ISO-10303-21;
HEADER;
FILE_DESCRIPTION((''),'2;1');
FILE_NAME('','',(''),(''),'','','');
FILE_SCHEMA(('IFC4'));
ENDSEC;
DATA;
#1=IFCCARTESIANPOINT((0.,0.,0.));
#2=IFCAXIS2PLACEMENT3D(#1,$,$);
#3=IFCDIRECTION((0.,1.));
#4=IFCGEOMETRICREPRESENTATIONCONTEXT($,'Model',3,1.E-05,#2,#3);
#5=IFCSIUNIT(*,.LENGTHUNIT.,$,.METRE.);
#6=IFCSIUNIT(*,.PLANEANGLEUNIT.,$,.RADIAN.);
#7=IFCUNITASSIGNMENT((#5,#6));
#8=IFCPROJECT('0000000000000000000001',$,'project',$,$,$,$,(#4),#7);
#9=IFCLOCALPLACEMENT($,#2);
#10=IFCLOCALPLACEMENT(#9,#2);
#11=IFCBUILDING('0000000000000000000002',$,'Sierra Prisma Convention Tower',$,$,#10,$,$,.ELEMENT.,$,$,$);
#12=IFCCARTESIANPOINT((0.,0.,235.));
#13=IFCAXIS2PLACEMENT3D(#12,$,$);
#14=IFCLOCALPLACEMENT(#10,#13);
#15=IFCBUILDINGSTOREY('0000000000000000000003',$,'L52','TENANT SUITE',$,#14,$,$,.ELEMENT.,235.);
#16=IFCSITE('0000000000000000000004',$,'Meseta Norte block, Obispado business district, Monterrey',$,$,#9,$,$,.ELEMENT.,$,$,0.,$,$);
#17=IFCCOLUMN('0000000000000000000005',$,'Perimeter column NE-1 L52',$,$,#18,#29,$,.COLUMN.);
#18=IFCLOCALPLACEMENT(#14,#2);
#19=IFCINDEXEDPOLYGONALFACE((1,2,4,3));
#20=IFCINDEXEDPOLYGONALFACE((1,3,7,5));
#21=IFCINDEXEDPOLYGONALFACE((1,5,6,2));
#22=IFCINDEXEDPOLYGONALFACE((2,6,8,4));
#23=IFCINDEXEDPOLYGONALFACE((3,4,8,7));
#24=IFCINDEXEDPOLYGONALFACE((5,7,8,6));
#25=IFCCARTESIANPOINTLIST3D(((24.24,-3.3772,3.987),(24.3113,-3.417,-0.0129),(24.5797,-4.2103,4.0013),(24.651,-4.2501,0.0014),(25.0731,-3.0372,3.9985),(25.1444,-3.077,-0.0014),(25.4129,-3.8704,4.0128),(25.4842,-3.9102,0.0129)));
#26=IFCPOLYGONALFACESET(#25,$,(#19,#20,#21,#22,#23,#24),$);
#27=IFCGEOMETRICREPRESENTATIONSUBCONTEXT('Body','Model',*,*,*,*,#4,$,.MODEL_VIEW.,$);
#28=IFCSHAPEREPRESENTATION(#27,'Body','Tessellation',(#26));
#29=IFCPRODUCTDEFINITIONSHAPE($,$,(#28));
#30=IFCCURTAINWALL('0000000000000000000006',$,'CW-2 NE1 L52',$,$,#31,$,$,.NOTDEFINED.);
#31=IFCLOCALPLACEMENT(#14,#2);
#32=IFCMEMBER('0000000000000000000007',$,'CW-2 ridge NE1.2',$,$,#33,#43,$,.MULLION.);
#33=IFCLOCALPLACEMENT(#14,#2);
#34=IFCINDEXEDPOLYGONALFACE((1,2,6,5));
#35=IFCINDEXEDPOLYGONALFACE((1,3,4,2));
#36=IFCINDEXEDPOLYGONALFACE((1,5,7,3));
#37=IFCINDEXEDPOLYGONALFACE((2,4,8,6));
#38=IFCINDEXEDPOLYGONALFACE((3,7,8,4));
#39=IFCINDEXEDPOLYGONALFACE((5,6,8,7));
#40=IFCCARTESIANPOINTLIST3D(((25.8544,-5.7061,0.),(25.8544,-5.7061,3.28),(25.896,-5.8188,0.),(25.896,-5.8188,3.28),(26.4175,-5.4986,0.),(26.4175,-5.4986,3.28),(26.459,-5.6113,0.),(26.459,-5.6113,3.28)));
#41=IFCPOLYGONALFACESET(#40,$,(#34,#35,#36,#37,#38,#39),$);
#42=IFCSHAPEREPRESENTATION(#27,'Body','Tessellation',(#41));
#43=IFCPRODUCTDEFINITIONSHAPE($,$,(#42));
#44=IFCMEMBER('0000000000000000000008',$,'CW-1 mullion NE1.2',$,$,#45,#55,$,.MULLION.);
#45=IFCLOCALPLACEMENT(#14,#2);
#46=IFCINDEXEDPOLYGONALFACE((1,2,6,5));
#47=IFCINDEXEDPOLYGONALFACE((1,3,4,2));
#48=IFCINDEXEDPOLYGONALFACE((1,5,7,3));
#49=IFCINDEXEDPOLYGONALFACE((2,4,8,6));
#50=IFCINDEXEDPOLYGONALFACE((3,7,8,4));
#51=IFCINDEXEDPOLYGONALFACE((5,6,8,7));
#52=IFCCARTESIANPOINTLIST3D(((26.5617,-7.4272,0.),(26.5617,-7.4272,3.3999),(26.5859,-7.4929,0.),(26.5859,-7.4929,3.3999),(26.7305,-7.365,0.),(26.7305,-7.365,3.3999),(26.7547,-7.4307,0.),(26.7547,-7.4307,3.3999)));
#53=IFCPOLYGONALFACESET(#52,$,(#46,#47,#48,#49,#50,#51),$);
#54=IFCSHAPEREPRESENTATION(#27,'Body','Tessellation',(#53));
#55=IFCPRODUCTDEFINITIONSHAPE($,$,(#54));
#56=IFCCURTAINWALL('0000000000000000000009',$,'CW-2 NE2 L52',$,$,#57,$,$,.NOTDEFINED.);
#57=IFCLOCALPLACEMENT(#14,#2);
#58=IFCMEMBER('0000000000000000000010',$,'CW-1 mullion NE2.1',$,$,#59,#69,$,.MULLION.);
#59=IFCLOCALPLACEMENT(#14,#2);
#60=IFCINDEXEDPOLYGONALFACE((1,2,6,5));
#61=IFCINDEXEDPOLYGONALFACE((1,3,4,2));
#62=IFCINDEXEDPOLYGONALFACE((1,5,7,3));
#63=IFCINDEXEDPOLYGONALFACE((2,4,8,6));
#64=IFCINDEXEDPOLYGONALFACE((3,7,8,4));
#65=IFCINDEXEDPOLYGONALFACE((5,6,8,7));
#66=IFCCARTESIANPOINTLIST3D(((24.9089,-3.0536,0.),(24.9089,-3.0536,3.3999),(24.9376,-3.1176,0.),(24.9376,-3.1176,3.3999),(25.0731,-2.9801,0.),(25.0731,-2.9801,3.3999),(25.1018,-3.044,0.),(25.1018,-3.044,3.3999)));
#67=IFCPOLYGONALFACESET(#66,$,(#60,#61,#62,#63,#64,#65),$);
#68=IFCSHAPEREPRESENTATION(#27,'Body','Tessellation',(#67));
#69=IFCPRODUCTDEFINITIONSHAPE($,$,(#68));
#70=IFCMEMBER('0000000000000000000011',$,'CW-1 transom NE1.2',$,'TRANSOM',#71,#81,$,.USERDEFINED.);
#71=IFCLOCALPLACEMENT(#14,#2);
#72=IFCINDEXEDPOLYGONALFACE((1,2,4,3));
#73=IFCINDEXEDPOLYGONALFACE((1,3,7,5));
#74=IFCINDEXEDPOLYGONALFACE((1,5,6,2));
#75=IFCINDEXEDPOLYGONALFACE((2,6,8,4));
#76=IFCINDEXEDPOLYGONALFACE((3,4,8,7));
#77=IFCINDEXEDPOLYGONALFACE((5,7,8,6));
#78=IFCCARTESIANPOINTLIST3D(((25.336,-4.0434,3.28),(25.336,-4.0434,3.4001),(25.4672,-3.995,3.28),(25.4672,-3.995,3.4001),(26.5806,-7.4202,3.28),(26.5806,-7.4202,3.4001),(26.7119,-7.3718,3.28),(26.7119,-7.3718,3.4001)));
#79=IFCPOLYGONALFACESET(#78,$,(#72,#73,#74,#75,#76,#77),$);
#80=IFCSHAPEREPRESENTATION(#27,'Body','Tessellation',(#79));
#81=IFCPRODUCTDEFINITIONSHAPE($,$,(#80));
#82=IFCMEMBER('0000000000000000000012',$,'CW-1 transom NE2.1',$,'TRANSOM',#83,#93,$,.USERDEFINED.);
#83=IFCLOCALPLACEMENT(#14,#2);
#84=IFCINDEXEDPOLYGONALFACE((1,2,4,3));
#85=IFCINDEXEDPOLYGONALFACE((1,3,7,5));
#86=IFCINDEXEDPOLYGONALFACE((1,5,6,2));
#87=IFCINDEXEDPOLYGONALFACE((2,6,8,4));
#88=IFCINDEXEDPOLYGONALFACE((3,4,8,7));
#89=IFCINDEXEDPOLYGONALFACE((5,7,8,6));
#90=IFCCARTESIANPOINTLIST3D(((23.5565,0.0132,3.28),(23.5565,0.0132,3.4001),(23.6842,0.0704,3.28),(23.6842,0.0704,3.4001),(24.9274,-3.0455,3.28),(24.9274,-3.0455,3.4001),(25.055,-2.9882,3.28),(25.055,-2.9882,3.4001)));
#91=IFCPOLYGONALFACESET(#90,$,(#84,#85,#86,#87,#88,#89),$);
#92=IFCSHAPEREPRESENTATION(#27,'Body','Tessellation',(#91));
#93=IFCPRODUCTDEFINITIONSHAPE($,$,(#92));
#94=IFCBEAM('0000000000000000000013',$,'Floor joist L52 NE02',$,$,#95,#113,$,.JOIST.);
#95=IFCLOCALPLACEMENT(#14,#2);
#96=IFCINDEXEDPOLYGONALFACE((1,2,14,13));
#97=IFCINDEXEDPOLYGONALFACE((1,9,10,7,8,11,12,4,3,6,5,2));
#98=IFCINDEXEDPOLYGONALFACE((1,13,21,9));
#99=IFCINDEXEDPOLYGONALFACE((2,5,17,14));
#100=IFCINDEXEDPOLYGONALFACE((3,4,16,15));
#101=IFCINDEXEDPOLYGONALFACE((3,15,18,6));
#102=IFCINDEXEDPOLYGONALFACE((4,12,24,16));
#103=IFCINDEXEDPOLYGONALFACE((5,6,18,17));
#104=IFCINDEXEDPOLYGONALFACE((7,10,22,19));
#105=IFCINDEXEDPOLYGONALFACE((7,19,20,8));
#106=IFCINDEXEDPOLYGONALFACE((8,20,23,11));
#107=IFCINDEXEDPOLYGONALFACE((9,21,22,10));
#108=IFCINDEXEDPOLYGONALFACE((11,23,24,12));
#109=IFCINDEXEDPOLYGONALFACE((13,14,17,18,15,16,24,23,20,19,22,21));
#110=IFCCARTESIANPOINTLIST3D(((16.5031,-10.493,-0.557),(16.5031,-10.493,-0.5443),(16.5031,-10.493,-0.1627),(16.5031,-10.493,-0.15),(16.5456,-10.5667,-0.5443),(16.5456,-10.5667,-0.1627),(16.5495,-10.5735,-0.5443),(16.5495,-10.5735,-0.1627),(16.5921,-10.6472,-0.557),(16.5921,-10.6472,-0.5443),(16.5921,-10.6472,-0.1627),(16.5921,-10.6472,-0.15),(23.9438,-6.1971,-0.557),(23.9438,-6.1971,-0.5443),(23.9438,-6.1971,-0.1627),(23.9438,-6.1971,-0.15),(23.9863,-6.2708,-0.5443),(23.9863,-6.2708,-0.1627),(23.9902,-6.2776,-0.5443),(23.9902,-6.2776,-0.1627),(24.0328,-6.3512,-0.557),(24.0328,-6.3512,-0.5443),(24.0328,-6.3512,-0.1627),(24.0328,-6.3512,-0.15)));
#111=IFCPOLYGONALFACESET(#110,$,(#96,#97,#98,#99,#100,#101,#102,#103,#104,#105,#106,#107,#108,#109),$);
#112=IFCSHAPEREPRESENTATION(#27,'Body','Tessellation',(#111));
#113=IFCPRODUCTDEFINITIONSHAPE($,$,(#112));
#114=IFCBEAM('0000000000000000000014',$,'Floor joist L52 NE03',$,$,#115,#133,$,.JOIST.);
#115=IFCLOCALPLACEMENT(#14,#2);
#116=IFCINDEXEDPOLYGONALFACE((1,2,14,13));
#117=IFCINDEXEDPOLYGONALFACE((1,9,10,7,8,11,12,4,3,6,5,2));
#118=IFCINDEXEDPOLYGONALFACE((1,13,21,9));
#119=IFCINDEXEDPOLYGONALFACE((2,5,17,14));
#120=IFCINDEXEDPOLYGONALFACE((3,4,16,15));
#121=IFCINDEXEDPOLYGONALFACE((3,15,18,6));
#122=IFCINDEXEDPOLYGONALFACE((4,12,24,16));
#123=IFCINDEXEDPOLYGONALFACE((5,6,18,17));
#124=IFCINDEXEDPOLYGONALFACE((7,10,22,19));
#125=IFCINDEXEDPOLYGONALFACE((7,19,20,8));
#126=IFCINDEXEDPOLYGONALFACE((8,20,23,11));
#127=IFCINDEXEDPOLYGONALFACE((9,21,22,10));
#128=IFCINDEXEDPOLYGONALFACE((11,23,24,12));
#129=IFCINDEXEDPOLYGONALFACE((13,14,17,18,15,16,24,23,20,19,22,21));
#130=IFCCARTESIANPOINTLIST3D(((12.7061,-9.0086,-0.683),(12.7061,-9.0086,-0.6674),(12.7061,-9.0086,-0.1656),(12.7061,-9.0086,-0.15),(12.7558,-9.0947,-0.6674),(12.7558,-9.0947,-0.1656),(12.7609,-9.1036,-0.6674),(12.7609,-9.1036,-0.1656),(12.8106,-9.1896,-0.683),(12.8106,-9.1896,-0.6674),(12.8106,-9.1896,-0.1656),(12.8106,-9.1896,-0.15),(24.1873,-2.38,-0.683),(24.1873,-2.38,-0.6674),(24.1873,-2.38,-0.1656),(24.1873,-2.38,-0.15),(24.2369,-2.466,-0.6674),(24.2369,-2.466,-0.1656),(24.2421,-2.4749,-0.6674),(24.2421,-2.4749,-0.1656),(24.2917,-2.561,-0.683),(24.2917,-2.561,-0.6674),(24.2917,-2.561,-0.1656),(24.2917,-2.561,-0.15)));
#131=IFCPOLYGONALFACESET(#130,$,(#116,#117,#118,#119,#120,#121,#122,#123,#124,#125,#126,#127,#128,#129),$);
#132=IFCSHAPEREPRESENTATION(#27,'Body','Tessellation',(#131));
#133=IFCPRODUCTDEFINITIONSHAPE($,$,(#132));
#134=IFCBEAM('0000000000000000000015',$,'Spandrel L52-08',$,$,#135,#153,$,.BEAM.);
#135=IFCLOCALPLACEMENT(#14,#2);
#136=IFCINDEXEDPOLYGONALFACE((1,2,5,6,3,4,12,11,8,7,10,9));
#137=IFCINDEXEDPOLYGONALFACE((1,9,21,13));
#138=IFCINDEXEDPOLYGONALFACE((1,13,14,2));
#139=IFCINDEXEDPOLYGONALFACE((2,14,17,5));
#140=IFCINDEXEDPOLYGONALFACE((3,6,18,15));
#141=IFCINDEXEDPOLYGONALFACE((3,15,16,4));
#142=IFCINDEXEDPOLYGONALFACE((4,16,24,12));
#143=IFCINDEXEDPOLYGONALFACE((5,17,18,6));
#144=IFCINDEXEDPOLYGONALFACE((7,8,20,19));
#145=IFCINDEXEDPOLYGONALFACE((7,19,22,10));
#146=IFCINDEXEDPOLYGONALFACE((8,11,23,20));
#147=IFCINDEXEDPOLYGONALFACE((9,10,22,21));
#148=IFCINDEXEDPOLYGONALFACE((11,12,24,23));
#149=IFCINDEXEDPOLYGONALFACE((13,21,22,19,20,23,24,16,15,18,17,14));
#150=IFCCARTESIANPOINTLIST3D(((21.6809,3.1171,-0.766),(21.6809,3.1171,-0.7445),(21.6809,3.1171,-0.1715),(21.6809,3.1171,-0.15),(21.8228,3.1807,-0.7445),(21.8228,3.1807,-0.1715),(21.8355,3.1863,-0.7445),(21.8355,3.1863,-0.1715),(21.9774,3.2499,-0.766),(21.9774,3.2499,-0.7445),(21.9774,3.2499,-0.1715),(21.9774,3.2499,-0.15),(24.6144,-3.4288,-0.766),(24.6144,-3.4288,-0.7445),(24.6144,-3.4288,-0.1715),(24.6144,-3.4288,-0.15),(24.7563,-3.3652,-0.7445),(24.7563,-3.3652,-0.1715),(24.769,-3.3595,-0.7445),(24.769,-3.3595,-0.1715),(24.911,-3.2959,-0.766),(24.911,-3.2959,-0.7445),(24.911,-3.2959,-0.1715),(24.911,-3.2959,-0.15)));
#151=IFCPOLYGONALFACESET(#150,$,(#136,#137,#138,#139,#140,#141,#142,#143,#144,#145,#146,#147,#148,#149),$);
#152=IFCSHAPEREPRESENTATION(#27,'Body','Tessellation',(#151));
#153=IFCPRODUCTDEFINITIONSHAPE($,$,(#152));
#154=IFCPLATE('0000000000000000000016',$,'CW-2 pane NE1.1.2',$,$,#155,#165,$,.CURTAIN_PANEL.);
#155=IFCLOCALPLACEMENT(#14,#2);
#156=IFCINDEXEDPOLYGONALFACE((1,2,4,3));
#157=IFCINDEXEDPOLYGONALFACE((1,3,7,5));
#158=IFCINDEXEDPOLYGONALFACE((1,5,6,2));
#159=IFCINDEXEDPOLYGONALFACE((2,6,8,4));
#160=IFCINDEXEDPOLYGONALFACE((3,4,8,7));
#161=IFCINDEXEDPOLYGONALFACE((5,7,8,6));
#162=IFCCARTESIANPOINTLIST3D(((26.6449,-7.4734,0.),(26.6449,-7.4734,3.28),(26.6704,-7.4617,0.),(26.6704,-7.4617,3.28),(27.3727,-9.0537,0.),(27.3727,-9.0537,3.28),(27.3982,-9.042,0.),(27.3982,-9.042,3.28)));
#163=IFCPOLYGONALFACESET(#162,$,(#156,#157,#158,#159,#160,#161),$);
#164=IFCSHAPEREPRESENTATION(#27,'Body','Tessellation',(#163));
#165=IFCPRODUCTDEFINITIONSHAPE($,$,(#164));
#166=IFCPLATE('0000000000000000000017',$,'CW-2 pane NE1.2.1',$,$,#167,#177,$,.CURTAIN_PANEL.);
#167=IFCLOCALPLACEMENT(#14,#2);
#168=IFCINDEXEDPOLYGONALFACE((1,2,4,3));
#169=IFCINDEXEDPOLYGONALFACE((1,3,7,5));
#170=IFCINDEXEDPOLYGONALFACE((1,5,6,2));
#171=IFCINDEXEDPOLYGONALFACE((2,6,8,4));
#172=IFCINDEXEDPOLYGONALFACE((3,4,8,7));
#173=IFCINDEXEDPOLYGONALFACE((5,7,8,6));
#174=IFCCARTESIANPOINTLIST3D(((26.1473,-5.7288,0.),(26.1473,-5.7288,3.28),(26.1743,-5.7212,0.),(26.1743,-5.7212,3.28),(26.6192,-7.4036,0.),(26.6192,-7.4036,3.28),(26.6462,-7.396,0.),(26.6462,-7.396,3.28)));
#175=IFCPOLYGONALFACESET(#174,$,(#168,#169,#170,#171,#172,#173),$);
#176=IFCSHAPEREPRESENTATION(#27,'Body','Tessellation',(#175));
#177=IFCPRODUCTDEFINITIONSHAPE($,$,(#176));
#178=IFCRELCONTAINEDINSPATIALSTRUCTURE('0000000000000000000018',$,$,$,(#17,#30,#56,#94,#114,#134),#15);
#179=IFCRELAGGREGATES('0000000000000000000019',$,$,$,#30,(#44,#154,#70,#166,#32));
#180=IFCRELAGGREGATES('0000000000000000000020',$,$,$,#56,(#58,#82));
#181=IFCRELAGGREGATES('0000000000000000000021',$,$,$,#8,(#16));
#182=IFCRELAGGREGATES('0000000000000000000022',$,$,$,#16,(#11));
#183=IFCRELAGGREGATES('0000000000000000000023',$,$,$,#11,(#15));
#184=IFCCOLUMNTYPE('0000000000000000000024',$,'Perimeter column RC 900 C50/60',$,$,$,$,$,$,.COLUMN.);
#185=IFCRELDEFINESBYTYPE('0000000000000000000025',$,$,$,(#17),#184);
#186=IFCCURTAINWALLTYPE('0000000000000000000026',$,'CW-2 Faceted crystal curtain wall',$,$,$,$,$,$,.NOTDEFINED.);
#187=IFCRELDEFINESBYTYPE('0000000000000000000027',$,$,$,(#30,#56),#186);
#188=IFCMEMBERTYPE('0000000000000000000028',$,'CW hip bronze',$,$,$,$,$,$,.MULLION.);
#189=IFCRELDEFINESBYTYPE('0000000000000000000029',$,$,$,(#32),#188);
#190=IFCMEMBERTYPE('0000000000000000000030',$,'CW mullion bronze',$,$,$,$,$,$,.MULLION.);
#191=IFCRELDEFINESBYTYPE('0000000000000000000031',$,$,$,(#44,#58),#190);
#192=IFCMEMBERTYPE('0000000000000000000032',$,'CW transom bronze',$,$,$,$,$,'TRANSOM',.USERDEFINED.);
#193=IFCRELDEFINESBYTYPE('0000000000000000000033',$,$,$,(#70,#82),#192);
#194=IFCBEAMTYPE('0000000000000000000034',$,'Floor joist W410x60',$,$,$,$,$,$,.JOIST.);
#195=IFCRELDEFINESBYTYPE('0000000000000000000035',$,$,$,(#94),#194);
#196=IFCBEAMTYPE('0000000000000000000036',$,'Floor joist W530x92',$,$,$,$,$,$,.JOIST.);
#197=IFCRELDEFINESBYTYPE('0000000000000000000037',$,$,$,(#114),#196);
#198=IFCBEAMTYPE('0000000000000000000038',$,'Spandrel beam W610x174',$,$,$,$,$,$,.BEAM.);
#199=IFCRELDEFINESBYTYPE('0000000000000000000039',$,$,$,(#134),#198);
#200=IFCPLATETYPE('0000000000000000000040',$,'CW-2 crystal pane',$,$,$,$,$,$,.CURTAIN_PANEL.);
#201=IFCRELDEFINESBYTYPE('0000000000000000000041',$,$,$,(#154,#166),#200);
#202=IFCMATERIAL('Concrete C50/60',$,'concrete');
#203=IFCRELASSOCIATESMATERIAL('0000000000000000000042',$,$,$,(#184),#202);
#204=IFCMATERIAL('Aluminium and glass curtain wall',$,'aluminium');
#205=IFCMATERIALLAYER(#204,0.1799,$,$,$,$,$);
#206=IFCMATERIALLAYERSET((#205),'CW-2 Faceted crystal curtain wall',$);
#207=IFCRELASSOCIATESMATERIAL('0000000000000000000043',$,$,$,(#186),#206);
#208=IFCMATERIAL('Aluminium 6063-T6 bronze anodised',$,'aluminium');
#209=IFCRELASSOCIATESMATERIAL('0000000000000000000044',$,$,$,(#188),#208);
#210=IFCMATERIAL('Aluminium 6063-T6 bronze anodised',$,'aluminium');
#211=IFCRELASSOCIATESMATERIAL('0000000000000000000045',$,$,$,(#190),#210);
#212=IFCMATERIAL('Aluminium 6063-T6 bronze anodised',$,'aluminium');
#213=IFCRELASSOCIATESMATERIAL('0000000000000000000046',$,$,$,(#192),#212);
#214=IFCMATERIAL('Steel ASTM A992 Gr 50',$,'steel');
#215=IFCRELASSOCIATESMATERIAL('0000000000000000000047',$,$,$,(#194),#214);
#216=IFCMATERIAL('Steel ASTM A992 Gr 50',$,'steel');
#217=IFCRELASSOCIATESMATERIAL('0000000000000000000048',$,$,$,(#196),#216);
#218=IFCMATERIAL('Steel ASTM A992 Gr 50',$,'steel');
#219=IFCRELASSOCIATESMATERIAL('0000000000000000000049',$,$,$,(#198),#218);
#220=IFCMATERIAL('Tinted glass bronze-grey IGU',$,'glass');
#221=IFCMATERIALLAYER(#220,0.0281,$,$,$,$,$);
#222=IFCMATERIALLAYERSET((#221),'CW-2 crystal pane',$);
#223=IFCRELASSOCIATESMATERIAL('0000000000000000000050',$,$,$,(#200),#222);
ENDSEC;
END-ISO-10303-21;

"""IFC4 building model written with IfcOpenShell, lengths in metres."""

from ifc_helpers import new_model, si_unit, direction, frame, origin, origin_2d, place, context, subcontext, project, spatial, polyline, rectangle, i_section, outline, extrude, material, layer, layer_set, material_profile, profile_set, type_object, element, aggregate, save


model = new_model("IFC4")

# Units and contexts
model_context = context("Model", 3, precision=1e-05, world=origin(), true_north=direction((0.0, 1.0)))
body_context = subcontext(model_context, "Body", "Model", "MODEL_VIEW")
ifc_project = project(units=[si_unit("LENGTHUNIT", "METRE"), si_unit("PLANEANGLEUNIT", "RADIAN")], contexts=[model_context])

# Site, building, storey
site_placement = place(None, origin())
site = spatial("IfcSite", under=ifc_project, at=site_placement, Name="Meseta Norte block, Obispado business district, Monterrey", CompositionType="ELEMENT", RefElevation=0.0)
building_placement = place(site_placement, origin())
building = spatial("IfcBuilding", under=site, at=building_placement, Name="Sierra Prisma Convention Tower", CompositionType="ELEMENT")
storey_placement = place(building_placement, frame((0.0, 0.0, 235.0)))
storey = spatial("IfcBuildingStorey", under=building, at=storey_placement, Name="L52", Description="TENANT SUITE", CompositionType="ELEMENT", Elevation=235.0)

# Column
ifc_material_1 = material(Name="Concrete C50/60", Category="concrete")
ifc_material_profile_1 = material_profile(ifc_material_1, rectangle(XDim=0.8999, YDim=0.8999, at=origin_2d()), Name="Perimeter column RC 900 C50/60")
ifc_profile_set_1 = profile_set([ifc_material_profile_1], Name="Concrete C50/60")
column_type = type_object("IfcColumnType", Name="Perimeter column RC 900 C50/60", PredefinedType="COLUMN", material=ifc_profile_set_1)
column_placement = place(storey_placement, frame((24.8977, -3.6636, 0.0), z_axis=(-0.017819, 0.009947, 0.999792), x_axis=(-0.377551, 0.925851, -0.01594)))
element("IfcColumn", 1, at=column_placement, inside=storey, type_object=column_type, Name="Perimeter column NE-1 L52", PredefinedType="COLUMN", context=body_context, shape_type="SweptSolid", body=[
    extrude(rectangle(XDim=0.8999, YDim=0.8999, at=origin_2d()), origin(), (0.0, 0.0, 1.0), 4.0007),
])

# Curtain wall, members
ifc_material_2 = material(Name="Aluminium and glass curtain wall", Category="aluminium")
ifc_layer_1 = layer(ifc_material_2, 0.1799)
ifc_layer_set_1 = layer_set([ifc_layer_1], Name="CW-2 Faceted crystal curtain wall")
curtain_wall_type = type_object("IfcCurtainWallType", Name="CW-2 Faceted crystal curtain wall", PredefinedType="NOTDEFINED", material=ifc_layer_set_1)
curtain_wall_1_placement = place(storey_placement, origin())
curtain_wall_1 = element("IfcCurtainWall", 2, at=curtain_wall_1_placement, inside=storey, type_object=curtain_wall_type, Name="CW-2 NE1 L52", PredefinedType="NOTDEFINED")
ifc_material_3 = material(Name="Aluminium 6063-T6 bronze anodised", Category="aluminium")
ifc_material_profile_2 = material_profile(ifc_material_3, rectangle(XDim=0.1201, YDim=0.6001, at=origin_2d()), Name="ALU RIDGE BLADE 120x600")
ifc_profile_set_2 = profile_set([ifc_material_profile_2], Name="Aluminium 6063-T6 bronze anodised")
member_type_1 = type_object("IfcMemberType", Name="CW hip bronze", PredefinedType="MULLION", material=ifc_profile_set_2)
member_1_placement = place(storey_placement, frame((26.1567, -5.6587, 0.0), z_axis=(0.0, 0.0, 1.0), x_axis=(-0.345826, 0.938299, 0.0)))
member_1 = element("IfcMember", 3, at=member_1_placement, type_object=member_type_1, Name="CW-2 ridge NE1.2", PredefinedType="MULLION", context=body_context, shape_type="SweptSolid", body=[
    extrude(rectangle(XDim=0.1201, YDim=0.6001, at=origin_2d()), origin(), (0.0, 0.0, 1.0), 3.28),
])
ifc_material_4 = material(Name="Aluminium 6063-T6 bronze anodised", Category="aluminium")
ifc_material_profile_3 = material_profile(ifc_material_4, rectangle(XDim=0.1799, YDim=0.0701, at=origin_2d()), Name="ALU MULLION 70x180")
ifc_profile_set_3 = profile_set([ifc_material_profile_3], Name="Aluminium 6063-T6 bronze anodised")
member_type_2 = type_object("IfcMemberType", Name="CW mullion bronze", PredefinedType="MULLION", material=ifc_profile_set_3)
member_2_placement = place(storey_placement, frame((26.6582, -7.429, 0.0), z_axis=(0.0, 0.0, 1.0), x_axis=(-0.938299, -0.345826, 0.0)))
member_2 = element("IfcMember", 4, at=member_2_placement, type_object=member_type_2, Name="CW-1 mullion NE1.2", PredefinedType="MULLION", context=body_context, shape_type="SweptSolid", body=[
    extrude(rectangle(XDim=0.1799, YDim=0.0701, at=origin_2d()), origin(), (0.0, 0.0, 1.0), 3.3999),
])

# Curtain wall, member
curtain_wall_2_placement = place(storey_placement, origin())
curtain_wall_2 = element("IfcCurtainWall", 5, at=curtain_wall_2_placement, inside=storey, type_object=curtain_wall_type, Name="CW-2 NE2 L52", PredefinedType="NOTDEFINED")
member_3_placement = place(storey_placement, frame((25.0054, -3.0488, 0.0), z_axis=(0.0, 0.0, 1.0), x_axis=(-0.912554, -0.408957, 0.0)))
member_3 = element("IfcMember", 6, at=member_3_placement, type_object=member_type_2, Name="CW-1 mullion NE2.1", PredefinedType="MULLION", context=body_context, shape_type="SweptSolid", body=[
    extrude(rectangle(XDim=0.1799, YDim=0.0701, at=origin_2d()), origin(), (0.0, 0.0, 1.0), 3.3999),
])

# Members
ifc_material_5 = material(Name="Aluminium 6063-T6 bronze anodised", Category="aluminium")
ifc_material_profile_4 = material_profile(ifc_material_5, rectangle(XDim=0.1399, YDim=0.1201, at=origin_2d()), Name="ALU TRANSOM 120x140")
ifc_profile_set_4 = profile_set([ifc_material_profile_4], Name="Aluminium 6063-T6 bronze anodised")
member_type_3 = type_object("IfcMemberType", Name="CW transom bronze", ElementType="TRANSOM", PredefinedType="USERDEFINED", material=ifc_profile_set_4)
member_4_placement = place(storey_placement, frame((26.6462, -7.396, 3.3401), z_axis=(-0.345847, 0.938291, 0.0), x_axis=(-0.938291, -0.345847, 0.0)))
member_4 = element("IfcMember", 7, at=member_4_placement, type_object=member_type_3, Name="CW-1 transom NE1.2", ObjectType="TRANSOM", PredefinedType="USERDEFINED", context=body_context, shape_type="SweptSolid", body=[
    extrude(rectangle(XDim=0.1399, YDim=0.1201, at=origin_2d()), origin(), (0.0, 0.0, 1.0), 3.5989),
])
member_5_placement = place(storey_placement, frame((24.9912, -3.0168, 3.3401), z_axis=(-0.408995, 0.912537, 0.0), x_axis=(-0.912537, -0.408995, 0.0)))
member_5 = element("IfcMember", 8, at=member_5_placement, type_object=member_type_3, Name="CW-1 transom NE2.1", ObjectType="TRANSOM", PredefinedType="USERDEFINED", context=body_context, shape_type="SweptSolid", body=[
    extrude(rectangle(XDim=0.1399, YDim=0.1201, at=origin_2d()), origin(), (0.0, 0.0, 1.0), 3.3518),
])

# Beams
ifc_material_6 = material(Name="Steel ASTM A992 Gr 50", Category="steel")
ifc_material_profile_5 = material_profile(ifc_material_6, i_section(OverallWidth=0.178, OverallDepth=0.407, WebThickness=0.0078, FlangeThickness=0.0127, at=origin_2d()), Name="W410x60")
ifc_profile_set_5 = profile_set([ifc_material_profile_5], Name="Steel ASTM A992 Gr 50")
beam_type_1 = type_object("IfcBeamType", Name="Floor joist W410x60", PredefinedType="JOIST", material=ifc_profile_set_5)
beam_1_placement = place(storey_placement, frame((23.9883, -6.2742, -0.3535), z_axis=(-0.866024, -0.500002, 0.0), x_axis=(0.500002, -0.866024, 0.0)))
element("IfcBeam", 9, at=beam_1_placement, inside=storey, type_object=beam_type_1, Name="Floor joist L52 NE02", PredefinedType="JOIST", context=body_context, shape_type="SweptSolid", body=[
    extrude(i_section(OverallWidth=0.178, OverallDepth=0.407, WebThickness=0.0078, FlangeThickness=0.0127, at=origin_2d()), origin(), (0.0, 0.0, 1.0), 8.5918),
])
ifc_material_7 = material(Name="Steel ASTM A992 Gr 50", Category="steel")
ifc_material_profile_6 = material_profile(ifc_material_7, i_section(OverallWidth=0.209, OverallDepth=0.533, WebThickness=0.0103, FlangeThickness=0.0156, at=origin_2d()), Name="W530x92")
ifc_profile_set_6 = profile_set([ifc_material_profile_6], Name="Steel ASTM A992 Gr 50")
beam_type_2 = type_object("IfcBeamType", Name="Floor joist W530x92", PredefinedType="JOIST", material=ifc_profile_set_6)
beam_2_placement = place(storey_placement, frame((24.2395, -2.4705, -0.4165), z_axis=(-0.866026, -0.499999, 0.0), x_axis=(0.499999, -0.866026, 0.0)))
element("IfcBeam", 10, at=beam_2_placement, inside=storey, type_object=beam_type_2, Name="Floor joist L52 NE03", PredefinedType="JOIST", context=body_context, shape_type="SweptSolid", body=[
    extrude(i_section(OverallWidth=0.209, OverallDepth=0.533, WebThickness=0.0103, FlangeThickness=0.0156, at=origin_2d()), origin(), (0.0, 0.0, 1.0), 13.2573),
])
ifc_material_8 = material(Name="Steel ASTM A992 Gr 50", Category="steel")
ifc_material_profile_7 = material_profile(ifc_material_8, i_section(OverallWidth=0.325, OverallDepth=0.616, WebThickness=0.0139, FlangeThickness=0.0215, at=origin_2d()), Name="W610x174")
ifc_profile_set_7 = profile_set([ifc_material_profile_7], Name="Steel ASTM A992 Gr 50")
beam_type_3 = type_object("IfcBeamType", Name="Spandrel beam W610x174", PredefinedType="BEAM", material=ifc_profile_set_7)
beam_3_placement = place(storey_placement, frame((24.7627, -3.3623, -0.458), z_axis=(-0.408966, 0.91255, 0.0), x_axis=(-0.91255, -0.408966, 0.0)))
element("IfcBeam", 11, at=beam_3_placement, inside=storey, type_object=beam_type_3, Name="Spandrel L52-08", PredefinedType="BEAM", context=body_context, shape_type="SweptSolid", body=[
    extrude(i_section(OverallWidth=0.325, OverallDepth=0.616, WebThickness=0.0139, FlangeThickness=0.0215, at=origin_2d()), origin(), (0.0, 0.0, 1.0), 7.1731),
])

# Plates
ifc_material_9 = material(Name="Tinted glass bronze-grey IGU", Category="glass")
ifc_layer_2 = layer(ifc_material_9, 0.0281)
ifc_layer_set_2 = layer_set([ifc_layer_2], Name="CW-2 crystal pane")
plate_type = type_object("IfcPlateType", Name="CW-2 crystal pane", PredefinedType="CURTAIN_PANEL", material=ifc_layer_set_2)
plate_1_placement = place(storey_placement, frame((26.6704, -7.4617, 0.0), z_axis=(0.908308, 0.418302, 0.0), x_axis=(0.418302, -0.908308, 0.0)))
plate_1 = element("IfcPlate", 12, at=plate_1_placement, type_object=plate_type, Name="CW-2 pane NE1.1.2", PredefinedType="CURTAIN_PANEL", context=body_context, shape_type="SweptSolid", body=[
    extrude(outline(polyline([(0.0, 0.0), (1.7399, 0.0), (1.7399, -3.28), (0.0, -3.28), (0.0, 0.0)])), origin(), (0.0, 0.0, -1.0), 0.0281),
])
plate_2_placement = place(storey_placement, frame((26.6462, -7.396, 0.0), z_axis=(0.962518, 0.271217, 0.0), x_axis=(-0.271217, 0.962518, 0.0)))
plate_2 = element("IfcPlate", 13, at=plate_2_placement, type_object=plate_type, Name="CW-2 pane NE1.2.1", PredefinedType="CURTAIN_PANEL", context=body_context, shape_type="SweptSolid", body=[
    extrude(outline(polyline([(0.0, 0.0), (1.74, 0.0), (1.74, 3.28), (0.0, 3.28), (0.0, 0.0)])), origin(), (0.0, 0.0, -1.0), 0.0281),
])
aggregate(curtain_wall_1, [member_2, plate_1, member_4, plate_2, member_1])
aggregate(curtain_wall_2, [member_3, member_5])

save(model, "model.ifc")
